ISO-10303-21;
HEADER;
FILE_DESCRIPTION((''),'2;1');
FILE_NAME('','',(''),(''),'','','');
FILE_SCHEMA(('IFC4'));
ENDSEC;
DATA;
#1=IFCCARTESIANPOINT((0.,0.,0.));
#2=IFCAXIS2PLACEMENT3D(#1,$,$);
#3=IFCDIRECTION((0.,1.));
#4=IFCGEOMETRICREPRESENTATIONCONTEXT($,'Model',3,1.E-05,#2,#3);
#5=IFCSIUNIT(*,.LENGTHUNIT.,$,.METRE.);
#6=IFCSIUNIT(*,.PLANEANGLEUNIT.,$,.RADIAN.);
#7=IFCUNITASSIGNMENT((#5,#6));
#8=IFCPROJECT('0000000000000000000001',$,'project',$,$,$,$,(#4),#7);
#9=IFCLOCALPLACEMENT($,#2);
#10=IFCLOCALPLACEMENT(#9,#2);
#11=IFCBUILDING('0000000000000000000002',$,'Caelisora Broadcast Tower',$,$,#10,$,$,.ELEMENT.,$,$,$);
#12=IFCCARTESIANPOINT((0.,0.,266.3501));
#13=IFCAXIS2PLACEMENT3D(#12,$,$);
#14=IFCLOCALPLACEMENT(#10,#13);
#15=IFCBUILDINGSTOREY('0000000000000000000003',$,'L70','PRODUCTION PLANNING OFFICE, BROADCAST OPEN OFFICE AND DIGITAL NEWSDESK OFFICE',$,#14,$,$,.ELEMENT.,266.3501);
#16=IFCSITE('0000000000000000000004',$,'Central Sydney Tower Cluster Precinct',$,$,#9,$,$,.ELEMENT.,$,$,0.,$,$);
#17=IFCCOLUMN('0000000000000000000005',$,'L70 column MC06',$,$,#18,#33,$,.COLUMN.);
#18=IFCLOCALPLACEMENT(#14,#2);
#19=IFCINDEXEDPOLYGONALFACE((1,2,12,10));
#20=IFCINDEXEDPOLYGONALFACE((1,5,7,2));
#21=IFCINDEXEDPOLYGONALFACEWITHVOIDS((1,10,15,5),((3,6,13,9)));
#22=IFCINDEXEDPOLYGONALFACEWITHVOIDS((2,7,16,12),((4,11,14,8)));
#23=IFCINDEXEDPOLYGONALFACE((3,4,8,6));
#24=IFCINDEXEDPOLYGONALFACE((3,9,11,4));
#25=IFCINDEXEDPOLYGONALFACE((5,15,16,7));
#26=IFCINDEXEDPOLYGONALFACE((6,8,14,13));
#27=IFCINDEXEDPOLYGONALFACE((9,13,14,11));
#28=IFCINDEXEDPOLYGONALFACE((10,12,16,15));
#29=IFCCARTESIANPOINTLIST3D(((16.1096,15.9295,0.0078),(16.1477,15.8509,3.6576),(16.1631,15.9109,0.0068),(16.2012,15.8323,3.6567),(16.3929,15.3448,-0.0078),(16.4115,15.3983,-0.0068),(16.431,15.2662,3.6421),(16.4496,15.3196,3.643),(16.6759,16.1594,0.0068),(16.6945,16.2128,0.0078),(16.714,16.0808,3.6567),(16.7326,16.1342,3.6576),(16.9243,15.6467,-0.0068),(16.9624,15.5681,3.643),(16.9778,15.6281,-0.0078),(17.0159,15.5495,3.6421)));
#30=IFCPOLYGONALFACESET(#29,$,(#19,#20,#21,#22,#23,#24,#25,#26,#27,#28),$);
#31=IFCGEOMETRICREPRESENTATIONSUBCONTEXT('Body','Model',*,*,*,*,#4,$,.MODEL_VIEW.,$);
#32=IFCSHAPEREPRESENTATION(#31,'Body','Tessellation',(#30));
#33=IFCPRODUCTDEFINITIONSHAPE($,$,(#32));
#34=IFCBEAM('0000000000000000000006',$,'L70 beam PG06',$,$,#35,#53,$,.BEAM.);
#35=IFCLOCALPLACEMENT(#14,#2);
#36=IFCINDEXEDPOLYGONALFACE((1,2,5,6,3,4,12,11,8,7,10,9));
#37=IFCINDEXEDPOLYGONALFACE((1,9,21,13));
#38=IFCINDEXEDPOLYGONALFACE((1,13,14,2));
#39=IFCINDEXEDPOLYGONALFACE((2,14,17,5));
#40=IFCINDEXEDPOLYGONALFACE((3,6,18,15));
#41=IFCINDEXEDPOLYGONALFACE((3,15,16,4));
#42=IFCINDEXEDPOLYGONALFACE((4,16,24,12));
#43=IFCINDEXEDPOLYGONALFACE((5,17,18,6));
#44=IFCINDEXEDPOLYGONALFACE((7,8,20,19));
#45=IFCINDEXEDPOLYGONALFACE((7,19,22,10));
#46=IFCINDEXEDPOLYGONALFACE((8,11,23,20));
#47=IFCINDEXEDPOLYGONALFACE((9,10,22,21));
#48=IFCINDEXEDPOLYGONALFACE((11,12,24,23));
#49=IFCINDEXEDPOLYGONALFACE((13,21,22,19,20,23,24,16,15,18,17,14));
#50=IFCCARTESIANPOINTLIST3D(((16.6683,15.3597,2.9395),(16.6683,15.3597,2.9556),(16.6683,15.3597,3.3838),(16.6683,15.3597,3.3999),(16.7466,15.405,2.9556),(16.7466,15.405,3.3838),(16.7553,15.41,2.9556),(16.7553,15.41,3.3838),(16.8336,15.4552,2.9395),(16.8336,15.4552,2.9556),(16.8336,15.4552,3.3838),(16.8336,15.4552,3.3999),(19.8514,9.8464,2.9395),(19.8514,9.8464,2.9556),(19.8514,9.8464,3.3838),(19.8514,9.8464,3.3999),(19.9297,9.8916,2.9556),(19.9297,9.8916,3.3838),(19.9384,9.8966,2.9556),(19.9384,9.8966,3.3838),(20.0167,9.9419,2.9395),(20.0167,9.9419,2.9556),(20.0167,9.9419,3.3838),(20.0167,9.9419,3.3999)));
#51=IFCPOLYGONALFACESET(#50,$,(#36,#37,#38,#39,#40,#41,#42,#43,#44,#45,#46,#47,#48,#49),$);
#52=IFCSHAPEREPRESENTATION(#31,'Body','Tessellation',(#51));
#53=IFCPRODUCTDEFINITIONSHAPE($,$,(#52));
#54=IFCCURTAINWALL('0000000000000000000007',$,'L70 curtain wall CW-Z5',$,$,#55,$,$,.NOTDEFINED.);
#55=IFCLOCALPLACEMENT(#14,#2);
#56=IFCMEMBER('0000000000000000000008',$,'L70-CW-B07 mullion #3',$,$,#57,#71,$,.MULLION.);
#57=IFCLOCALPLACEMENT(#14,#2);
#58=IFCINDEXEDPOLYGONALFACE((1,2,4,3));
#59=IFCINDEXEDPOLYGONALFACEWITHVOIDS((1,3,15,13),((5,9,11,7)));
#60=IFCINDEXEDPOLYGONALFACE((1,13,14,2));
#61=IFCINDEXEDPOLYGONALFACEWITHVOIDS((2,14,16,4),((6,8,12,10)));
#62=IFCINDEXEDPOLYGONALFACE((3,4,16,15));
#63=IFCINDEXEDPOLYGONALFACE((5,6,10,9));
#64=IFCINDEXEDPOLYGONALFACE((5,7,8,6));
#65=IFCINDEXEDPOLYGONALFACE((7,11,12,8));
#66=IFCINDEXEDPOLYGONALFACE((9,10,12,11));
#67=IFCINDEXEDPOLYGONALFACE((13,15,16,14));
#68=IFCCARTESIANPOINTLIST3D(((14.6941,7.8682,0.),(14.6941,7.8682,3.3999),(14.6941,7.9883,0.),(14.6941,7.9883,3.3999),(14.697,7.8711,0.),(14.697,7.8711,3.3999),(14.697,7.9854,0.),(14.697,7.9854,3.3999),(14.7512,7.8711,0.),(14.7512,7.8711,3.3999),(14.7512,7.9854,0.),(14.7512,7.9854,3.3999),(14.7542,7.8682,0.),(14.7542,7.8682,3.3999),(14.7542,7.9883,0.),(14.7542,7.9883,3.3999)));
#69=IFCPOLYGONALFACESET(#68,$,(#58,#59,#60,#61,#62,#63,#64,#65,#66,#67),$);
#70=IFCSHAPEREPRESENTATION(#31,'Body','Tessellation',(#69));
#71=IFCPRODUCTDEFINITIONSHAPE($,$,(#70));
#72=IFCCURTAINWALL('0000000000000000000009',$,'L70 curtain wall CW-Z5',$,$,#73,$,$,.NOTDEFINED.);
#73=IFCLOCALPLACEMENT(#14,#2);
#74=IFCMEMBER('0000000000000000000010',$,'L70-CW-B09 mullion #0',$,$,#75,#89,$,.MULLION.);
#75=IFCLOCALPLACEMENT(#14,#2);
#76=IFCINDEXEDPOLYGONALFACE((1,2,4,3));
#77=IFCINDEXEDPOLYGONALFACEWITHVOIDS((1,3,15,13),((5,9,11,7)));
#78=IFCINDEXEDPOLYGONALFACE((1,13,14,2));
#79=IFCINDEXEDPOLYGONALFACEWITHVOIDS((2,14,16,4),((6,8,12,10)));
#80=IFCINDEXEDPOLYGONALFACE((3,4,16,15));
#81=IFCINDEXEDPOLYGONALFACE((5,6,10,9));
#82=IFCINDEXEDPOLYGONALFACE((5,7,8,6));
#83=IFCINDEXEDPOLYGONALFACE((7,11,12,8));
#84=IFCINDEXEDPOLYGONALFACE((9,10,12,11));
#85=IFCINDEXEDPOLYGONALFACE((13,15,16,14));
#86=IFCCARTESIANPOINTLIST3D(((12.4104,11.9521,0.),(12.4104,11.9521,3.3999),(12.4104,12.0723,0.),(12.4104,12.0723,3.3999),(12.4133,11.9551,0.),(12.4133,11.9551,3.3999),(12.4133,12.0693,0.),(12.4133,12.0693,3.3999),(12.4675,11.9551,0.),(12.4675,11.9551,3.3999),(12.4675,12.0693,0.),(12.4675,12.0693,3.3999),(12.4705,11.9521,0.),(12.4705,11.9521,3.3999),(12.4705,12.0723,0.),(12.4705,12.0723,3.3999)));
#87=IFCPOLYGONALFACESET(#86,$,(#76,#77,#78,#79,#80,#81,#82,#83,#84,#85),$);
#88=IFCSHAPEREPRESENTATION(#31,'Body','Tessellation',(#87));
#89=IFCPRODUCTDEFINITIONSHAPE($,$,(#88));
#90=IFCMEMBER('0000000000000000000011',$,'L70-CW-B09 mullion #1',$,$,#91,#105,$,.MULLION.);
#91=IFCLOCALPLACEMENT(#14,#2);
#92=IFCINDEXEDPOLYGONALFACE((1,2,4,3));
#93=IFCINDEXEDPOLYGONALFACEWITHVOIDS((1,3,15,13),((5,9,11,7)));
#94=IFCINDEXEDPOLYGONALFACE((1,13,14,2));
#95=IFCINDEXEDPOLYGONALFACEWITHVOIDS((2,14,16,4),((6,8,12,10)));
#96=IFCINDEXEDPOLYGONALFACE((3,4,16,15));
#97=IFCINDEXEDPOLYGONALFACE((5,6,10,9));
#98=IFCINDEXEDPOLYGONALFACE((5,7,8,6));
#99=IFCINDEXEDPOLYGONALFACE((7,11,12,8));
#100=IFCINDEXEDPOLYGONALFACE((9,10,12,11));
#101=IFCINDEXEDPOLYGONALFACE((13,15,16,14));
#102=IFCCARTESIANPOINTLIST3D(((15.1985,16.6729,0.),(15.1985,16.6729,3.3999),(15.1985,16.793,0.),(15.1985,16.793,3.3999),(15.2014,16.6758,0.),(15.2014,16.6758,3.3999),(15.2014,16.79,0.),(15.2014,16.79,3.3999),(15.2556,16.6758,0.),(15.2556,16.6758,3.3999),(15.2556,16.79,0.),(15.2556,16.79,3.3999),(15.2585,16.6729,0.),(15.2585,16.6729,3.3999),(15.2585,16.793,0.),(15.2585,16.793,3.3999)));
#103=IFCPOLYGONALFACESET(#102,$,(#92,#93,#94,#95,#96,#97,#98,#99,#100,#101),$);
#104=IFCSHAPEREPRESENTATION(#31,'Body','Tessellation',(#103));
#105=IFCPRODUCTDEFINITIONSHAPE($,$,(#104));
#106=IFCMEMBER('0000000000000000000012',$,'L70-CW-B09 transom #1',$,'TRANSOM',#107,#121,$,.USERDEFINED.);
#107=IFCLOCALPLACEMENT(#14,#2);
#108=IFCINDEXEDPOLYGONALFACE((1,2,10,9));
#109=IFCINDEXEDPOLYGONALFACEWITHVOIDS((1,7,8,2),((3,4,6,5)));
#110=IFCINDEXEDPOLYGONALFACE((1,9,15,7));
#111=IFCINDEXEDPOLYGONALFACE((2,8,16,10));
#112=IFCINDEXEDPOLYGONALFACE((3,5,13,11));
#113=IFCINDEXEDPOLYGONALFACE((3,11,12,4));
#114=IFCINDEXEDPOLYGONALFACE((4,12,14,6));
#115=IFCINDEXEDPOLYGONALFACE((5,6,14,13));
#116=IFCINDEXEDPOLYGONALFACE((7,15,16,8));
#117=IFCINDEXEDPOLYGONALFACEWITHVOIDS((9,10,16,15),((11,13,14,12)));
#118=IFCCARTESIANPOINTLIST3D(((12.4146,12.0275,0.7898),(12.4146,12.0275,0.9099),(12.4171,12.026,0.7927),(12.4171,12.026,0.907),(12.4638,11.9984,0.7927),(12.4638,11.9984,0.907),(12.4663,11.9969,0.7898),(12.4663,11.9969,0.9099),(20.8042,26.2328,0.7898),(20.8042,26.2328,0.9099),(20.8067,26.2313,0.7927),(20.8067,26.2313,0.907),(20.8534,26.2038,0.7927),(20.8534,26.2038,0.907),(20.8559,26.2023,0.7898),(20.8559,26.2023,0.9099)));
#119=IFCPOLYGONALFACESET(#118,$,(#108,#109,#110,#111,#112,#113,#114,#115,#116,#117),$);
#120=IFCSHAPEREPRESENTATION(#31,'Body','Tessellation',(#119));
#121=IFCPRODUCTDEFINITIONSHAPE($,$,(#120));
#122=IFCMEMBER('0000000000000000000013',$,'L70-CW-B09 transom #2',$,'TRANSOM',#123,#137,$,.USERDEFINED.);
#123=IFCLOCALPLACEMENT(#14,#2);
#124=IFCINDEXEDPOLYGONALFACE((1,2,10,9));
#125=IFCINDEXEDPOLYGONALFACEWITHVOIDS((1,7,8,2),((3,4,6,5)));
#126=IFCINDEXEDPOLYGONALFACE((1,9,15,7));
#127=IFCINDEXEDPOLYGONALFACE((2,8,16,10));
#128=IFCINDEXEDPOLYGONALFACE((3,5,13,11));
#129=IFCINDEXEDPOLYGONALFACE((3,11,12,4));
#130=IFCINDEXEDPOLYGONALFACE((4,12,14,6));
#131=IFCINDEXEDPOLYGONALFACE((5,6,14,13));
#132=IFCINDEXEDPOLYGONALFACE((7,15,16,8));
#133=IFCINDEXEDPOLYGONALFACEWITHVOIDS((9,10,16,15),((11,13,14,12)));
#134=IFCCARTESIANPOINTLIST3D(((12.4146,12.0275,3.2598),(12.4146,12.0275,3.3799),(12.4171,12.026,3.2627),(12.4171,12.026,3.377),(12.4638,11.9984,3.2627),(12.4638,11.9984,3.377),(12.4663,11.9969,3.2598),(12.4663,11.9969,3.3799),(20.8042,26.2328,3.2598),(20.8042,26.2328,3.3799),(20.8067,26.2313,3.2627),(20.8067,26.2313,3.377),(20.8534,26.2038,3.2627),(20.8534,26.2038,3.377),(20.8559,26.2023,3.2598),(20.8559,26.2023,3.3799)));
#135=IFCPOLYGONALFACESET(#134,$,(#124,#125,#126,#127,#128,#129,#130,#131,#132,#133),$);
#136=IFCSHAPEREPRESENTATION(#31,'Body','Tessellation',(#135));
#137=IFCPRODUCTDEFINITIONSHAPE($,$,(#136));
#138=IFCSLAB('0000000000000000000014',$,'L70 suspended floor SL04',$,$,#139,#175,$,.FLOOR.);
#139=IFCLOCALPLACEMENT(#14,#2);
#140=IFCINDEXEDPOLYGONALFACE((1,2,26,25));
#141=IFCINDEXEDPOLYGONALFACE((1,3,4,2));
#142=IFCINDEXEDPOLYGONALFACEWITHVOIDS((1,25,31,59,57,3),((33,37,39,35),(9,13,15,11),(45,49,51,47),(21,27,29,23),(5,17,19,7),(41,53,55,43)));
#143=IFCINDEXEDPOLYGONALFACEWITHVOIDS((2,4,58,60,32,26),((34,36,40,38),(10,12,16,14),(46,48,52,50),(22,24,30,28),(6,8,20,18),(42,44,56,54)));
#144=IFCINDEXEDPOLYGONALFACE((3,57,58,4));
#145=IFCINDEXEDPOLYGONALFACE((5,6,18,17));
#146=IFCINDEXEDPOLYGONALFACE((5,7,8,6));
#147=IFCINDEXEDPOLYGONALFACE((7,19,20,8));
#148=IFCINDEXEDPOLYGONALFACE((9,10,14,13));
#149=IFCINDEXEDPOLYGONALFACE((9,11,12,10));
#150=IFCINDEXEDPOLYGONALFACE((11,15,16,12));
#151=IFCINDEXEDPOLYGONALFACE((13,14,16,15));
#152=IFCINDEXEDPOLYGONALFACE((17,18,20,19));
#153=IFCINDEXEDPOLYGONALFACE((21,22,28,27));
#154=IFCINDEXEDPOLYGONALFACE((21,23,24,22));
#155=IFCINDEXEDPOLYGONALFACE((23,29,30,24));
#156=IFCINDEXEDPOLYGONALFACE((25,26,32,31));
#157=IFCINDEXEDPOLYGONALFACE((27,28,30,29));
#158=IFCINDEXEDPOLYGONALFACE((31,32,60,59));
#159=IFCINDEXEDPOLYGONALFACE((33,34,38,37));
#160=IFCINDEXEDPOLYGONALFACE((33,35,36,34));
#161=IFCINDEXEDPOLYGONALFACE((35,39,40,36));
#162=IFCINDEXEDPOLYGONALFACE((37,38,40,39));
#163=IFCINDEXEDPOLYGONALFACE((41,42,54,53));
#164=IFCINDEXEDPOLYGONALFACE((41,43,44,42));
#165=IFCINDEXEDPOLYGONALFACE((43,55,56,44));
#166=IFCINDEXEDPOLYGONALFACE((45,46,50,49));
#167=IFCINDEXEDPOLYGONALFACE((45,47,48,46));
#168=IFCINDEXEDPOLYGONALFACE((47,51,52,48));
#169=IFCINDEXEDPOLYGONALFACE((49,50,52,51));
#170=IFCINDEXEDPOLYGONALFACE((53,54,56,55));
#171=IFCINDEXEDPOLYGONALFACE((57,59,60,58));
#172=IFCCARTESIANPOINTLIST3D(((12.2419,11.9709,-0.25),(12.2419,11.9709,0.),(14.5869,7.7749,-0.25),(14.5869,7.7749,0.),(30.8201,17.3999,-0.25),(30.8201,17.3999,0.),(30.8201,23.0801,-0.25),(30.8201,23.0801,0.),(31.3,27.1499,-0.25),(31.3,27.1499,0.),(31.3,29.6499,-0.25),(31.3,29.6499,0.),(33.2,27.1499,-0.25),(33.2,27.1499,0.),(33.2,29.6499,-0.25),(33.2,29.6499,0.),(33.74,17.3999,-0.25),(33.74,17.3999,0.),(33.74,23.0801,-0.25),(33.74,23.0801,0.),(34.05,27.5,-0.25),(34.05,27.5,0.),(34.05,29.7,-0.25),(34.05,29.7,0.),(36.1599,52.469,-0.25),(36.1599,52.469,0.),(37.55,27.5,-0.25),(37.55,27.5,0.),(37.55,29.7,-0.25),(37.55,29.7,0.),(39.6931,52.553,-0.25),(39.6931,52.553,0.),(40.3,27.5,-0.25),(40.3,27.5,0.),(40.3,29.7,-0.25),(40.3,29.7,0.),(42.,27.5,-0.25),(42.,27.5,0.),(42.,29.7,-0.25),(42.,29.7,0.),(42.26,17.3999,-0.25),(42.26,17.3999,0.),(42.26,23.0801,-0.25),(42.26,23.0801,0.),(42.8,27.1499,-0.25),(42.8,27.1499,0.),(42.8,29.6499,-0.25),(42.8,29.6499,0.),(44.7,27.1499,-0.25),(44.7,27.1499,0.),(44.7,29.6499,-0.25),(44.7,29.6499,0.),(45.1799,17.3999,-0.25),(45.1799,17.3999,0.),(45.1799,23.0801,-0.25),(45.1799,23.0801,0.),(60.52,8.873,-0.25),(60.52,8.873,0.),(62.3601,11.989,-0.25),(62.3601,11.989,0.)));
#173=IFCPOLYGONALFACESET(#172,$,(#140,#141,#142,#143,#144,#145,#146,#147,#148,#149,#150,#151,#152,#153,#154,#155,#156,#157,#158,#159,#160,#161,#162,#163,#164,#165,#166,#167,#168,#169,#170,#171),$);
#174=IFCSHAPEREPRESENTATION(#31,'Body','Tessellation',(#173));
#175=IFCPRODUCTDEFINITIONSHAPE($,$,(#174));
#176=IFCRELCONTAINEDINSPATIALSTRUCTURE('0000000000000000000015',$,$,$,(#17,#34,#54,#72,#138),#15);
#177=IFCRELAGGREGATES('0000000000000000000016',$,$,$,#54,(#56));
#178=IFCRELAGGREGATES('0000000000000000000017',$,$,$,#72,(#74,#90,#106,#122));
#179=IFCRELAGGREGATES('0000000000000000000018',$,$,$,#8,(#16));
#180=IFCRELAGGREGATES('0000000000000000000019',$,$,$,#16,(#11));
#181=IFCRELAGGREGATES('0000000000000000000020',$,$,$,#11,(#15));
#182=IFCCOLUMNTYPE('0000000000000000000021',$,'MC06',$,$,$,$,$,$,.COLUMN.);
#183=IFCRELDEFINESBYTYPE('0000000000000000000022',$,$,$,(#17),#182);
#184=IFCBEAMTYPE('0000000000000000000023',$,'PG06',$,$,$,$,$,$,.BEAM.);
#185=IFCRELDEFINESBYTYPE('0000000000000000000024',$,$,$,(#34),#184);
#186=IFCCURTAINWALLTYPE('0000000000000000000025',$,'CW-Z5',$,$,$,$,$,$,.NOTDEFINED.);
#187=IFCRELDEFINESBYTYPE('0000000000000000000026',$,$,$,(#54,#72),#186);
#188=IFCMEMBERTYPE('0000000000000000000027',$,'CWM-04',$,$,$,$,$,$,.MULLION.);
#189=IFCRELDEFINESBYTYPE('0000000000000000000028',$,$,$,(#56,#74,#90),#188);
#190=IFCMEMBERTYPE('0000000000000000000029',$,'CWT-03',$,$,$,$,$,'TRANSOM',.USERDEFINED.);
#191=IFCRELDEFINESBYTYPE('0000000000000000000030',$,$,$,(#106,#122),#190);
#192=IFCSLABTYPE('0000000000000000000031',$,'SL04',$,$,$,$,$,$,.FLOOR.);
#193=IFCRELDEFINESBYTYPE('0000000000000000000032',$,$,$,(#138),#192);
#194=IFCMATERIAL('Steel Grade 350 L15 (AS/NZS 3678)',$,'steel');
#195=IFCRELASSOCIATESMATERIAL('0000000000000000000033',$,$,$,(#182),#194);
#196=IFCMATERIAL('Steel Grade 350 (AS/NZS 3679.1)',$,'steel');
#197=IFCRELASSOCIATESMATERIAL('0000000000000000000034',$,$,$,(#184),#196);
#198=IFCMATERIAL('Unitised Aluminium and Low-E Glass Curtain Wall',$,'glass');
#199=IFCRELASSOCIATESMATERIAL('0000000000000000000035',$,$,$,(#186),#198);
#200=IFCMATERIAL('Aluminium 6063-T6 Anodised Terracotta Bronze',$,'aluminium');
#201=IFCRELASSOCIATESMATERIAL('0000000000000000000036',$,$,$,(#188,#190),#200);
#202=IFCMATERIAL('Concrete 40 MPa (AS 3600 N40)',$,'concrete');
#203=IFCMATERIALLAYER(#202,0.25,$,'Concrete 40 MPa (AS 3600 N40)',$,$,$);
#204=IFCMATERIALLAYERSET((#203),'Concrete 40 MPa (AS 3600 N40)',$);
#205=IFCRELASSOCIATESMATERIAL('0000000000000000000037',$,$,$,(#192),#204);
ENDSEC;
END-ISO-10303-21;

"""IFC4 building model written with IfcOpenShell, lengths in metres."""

from ifc_helpers import new_model, si_unit, direction, frame, origin, origin_2d, place, context, subcontext, project, spatial, polyline, hollow_rectangle, i_section, outline, extrude, source, transform, mapped, material, layer, layer_set, material_profile, profile_set, type_object, type_shapes, element, aggregate, save


model = new_model("IFC4")

# Units and contexts
model_context = context("Model", 3, precision=1e-05, world=origin(), true_north=direction((0.0, 1.0)))
body_context = subcontext(model_context, "Body", "Model", "MODEL_VIEW")
ifc_project = project(units=[si_unit("LENGTHUNIT", "METRE"), si_unit("PLANEANGLEUNIT", "RADIAN")], contexts=[model_context])

# Site, building, storey
site_placement = place(None, origin())
site = spatial("IfcSite", under=ifc_project, at=site_placement, Name="Central Sydney Tower Cluster Precinct", CompositionType="ELEMENT", RefElevation=0.0)
building_placement = place(site_placement, origin())
building = spatial("IfcBuilding", under=site, at=building_placement, Name="Caelisora Broadcast Tower", CompositionType="ELEMENT")
storey_placement = place(building_placement, frame((0.0, 0.0, 266.3501)))
storey = spatial("IfcBuildingStorey", under=building, at=storey_placement, Name="L70", Description="PRODUCTION PLANNING OFFICE, BROADCAST OPEN OFFICE AND DIGITAL NEWSDESK OFFICE", CompositionType="ELEMENT", Elevation=266.3501)

# Column
ifc_material_1 = material(Name="Steel Grade 350 L15 (AS/NZS 3678)", Category="steel")
ifc_material_profile_1 = material_profile(ifc_material_1, hollow_rectangle(XDim=0.6499, YDim=0.6499, WallThickness=0.04, at=origin_2d()), Name="Steel Grade 350 L15 (AS/NZS 3678)")
ifc_profile_set_1 = profile_set([ifc_material_profile_1], Name="Steel Grade 350 L15 (AS/NZS 3678)")
column_type = type_object("IfcColumnType", Name="MC06", PredefinedType="COLUMN", material=ifc_profile_set_1)
shared_shape_1 = source(origin(), body_context, "Body", "SweptSolid", [
    extrude(hollow_rectangle(XDim=0.6499, YDim=0.6499, WallThickness=0.04, at=origin_2d()), origin(), (0.0, 0.0, 1.0), 3.6509),
])
type_shapes(column_type, [shared_shape_1])
column_placement = place(storey_placement, frame((16.5437, 15.7788, 0.0), z_axis=(0.010432, -0.021532, 0.999714), x_axis=(0.899947, 0.435999, 0.0)))
element("IfcColumn", 1, at=column_placement, inside=storey, type_object=column_type, Name="L70 column MC06", PredefinedType="COLUMN", context=body_context, shape_type="MappedRepresentation", body=[
    mapped(shared_shape_1, transform((0.0, 0.0, 0.0), scale=1.0)),
])

# Beam
ifc_material_2 = material(Name="Steel Grade 350 (AS/NZS 3679.1)", Category="steel")
ifc_material_profile_2 = material_profile(ifc_material_2, i_section(OverallWidth=0.1909, OverallDepth=0.4604, WebThickness=0.01, FlangeThickness=0.0161, at=origin_2d()), Name="Steel Grade 350 (AS/NZS 3679.1)")
ifc_profile_set_2 = profile_set([ifc_material_profile_2], Name="Steel Grade 350 (AS/NZS 3679.1)")
beam_type = type_object("IfcBeamType", Name="PG06", PredefinedType="BEAM", material=ifc_profile_set_2)
shared_shape_2 = source(origin(), body_context, "Body", "SweptSolid", [
    extrude(i_section(OverallWidth=0.1909, OverallDepth=0.4604, WebThickness=0.01, FlangeThickness=0.0161, at=origin_2d()), origin(), (0.0, 0.0, 1.0), 6.3662),
])
type_shapes(beam_type, [shared_shape_2])
beam_placement = place(storey_placement, frame((16.751, 15.4075, 3.1697), z_axis=(0.499991, -0.86603, 0.0), x_axis=(0.86603, 0.499991, 0.0)))
element("IfcBeam", 2, at=beam_placement, inside=storey, type_object=beam_type, Name="L70 beam PG06", PredefinedType="BEAM", context=body_context, shape_type="MappedRepresentation", body=[
    mapped(shared_shape_2, transform((0.0, 0.0, 0.0), scale=1.0)),
])

# Curtain wall, member
ifc_material_3 = material(Name="Unitised Aluminium and Low-E Glass Curtain Wall", Category="glass")
curtain_wall_type = type_object("IfcCurtainWallType", Name="CW-Z5", PredefinedType="NOTDEFINED", material=ifc_material_3)
curtain_wall_1_placement = place(storey_placement, origin())
curtain_wall_1 = element("IfcCurtainWall", 3, at=curtain_wall_1_placement, inside=storey, type_object=curtain_wall_type, Name="L70 curtain wall CW-Z5", PredefinedType="NOTDEFINED")
ifc_material_4 = material(Name="Aluminium 6063-T6 Anodised Terracotta Bronze", Category="aluminium")
ifc_material_profile_3 = material_profile(ifc_material_4, hollow_rectangle(XDim=0.0601, YDim=0.1201, WallThickness=0.0029, at=origin_2d()), Name="Aluminium 6063-T6 Anodised Terracotta Bronze")
ifc_profile_set_3 = profile_set([ifc_material_profile_3], Name="Aluminium 6063-T6 Anodised Terracotta Bronze")
member_type_1 = type_object("IfcMemberType", Name="CWM-04", PredefinedType="MULLION", material=ifc_profile_set_3)
shared_shape_3 = source(origin(), body_context, "Body", "SweptSolid", [
    extrude(hollow_rectangle(XDim=0.0601, YDim=0.1201, WallThickness=0.0029, at=origin_2d()), origin(), (0.0, 0.0, 1.0), 3.3999),
])
type_shapes(member_type_1, [shared_shape_3])
member_1_placement = place(storey_placement, frame((14.7241, 7.9282, 0.0), z_axis=(0.0, 0.0, 1.0), x_axis=(1.0, 0.0, 0.0)))
member_1 = element("IfcMember", 4, at=member_1_placement, type_object=member_type_1, Name="L70-CW-B07 mullion #3", PredefinedType="MULLION", context=body_context, shape_type="MappedRepresentation", body=[
    mapped(shared_shape_3, transform((0.0, 0.0, 0.0), scale=1.0)),
])

# Curtain wall, members
curtain_wall_2_placement = place(storey_placement, origin())
curtain_wall_2 = element("IfcCurtainWall", 5, at=curtain_wall_2_placement, inside=storey, type_object=curtain_wall_type, Name="L70 curtain wall CW-Z5", PredefinedType="NOTDEFINED")
member_2_placement = place(storey_placement, frame((12.4404, 12.0122, 0.0), z_axis=(0.0, 0.0, 1.0), x_axis=(1.0, 0.0, 0.0)))
member_2 = element("IfcMember", 6, at=member_2_placement, type_object=member_type_1, Name="L70-CW-B09 mullion #0", PredefinedType="MULLION", context=body_context, shape_type="MappedRepresentation", body=[
    mapped(shared_shape_3, transform((0.0, 0.0, 0.0), scale=1.0)),
])
member_3_placement = place(storey_placement, frame((15.2285, 16.7329, 0.0), z_axis=(0.0, 0.0, 1.0), x_axis=(1.0, 0.0, 0.0)))
member_3 = element("IfcMember", 7, at=member_3_placement, type_object=member_type_1, Name="L70-CW-B09 mullion #1", PredefinedType="MULLION", context=body_context, shape_type="MappedRepresentation", body=[
    mapped(shared_shape_3, transform((0.0, 0.0, 0.0), scale=1.0)),
])
ifc_material_profile_4 = material_profile(ifc_material_4, hollow_rectangle(XDim=0.0601, YDim=0.1201, WallThickness=0.0029, at=origin_2d()), Name="Aluminium 6063-T6 Anodised Terracotta Bronze")
ifc_profile_set_4 = profile_set([ifc_material_profile_4], Name="Aluminium 6063-T6 Anodised Terracotta Bronze")
member_type_2 = type_object("IfcMemberType", Name="CWT-03", ElementType="TRANSOM", PredefinedType="USERDEFINED", material=ifc_profile_set_4)
shared_shape_4 = source(origin(), body_context, "Body", "SweptSolid", [
    extrude(hollow_rectangle(XDim=0.0601, YDim=0.1201, WallThickness=0.0029, at=origin_2d()), origin(), (0.0, 0.0, 1.0), 16.4978),
])
type_shapes(member_type_2, [shared_shape_4])
member_4_placement = place(storey_placement, frame((12.4404, 12.0122, 0.8499), z_axis=(0.508531, 0.861043, 0.0), x_axis=(-0.861043, 0.508531, 0.0)))
member_4 = element("IfcMember", 8, at=member_4_placement, type_object=member_type_2, Name="L70-CW-B09 transom #1", ObjectType="TRANSOM", PredefinedType="USERDEFINED", context=body_context, shape_type="MappedRepresentation", body=[
    mapped(shared_shape_4, transform((0.0, 0.0, 0.0), scale=1.0)),
])
member_5_placement = place(storey_placement, frame((12.4404, 12.0122, 3.3198), z_axis=(0.508531, 0.861043, 0.0), x_axis=(-0.861043, 0.508531, 0.0)))
member_5 = element("IfcMember", 9, at=member_5_placement, type_object=member_type_2, Name="L70-CW-B09 transom #2", ObjectType="TRANSOM", PredefinedType="USERDEFINED", context=body_context, shape_type="MappedRepresentation", body=[
    mapped(shared_shape_4, transform((0.0, 0.0, 0.0), scale=1.0)),
])

# Slab
ifc_material_5 = material(Name="Concrete 40 MPa (AS 3600 N40)", Category="concrete")
ifc_layer_1 = layer(ifc_material_5, 0.25, Name="Concrete 40 MPa (AS 3600 N40)")
ifc_layer_set_1 = layer_set([ifc_layer_1], Name="Concrete 40 MPa (AS 3600 N40)")
slab_type_1 = type_object("IfcSlabType", Name="SL04", PredefinedType="FLOOR", material=ifc_layer_set_1)
slab_1_placement = place(storey_placement, frame((0.0, 0.0, -0.25)))
element("IfcSlab", 10, at=slab_1_placement, inside=storey, type_object=slab_type_1, Name="L70 suspended floor SL04", PredefinedType="FLOOR", context=body_context, shape_type="SweptSolid", body=[
    extrude(outline(polyline([(39.6931, 52.553), (36.1599, 52.469), (12.2419, 11.9709), (14.5869, 7.7749), (60.52, 8.873), (62.3601, 11.989), (39.6931, 52.553)]), holes=[polyline([(30.8201, 17.3999), (33.74, 17.3999), (33.74, 23.0801), (30.8201, 23.0801), (30.8201, 17.3999)]), polyline([(42.26, 17.3999), (45.1799, 17.3999), (45.1799, 23.0801), (42.26, 23.0801), (42.26, 17.3999)]), polyline([(42.8, 27.1499), (44.7, 27.1499), (44.7, 29.6499), (42.8, 29.6499), (42.8, 27.1499)]), polyline([(40.3, 27.5), (42.0, 27.5), (42.0, 29.7), (40.3, 29.7), (40.3, 27.5)]), polyline([(34.05, 27.5), (37.55, 27.5), (37.55, 29.7), (34.05, 29.7), (34.05, 27.5)]), polyline([(31.3, 27.1499), (33.2, 27.1499), (33.2, 29.6499), (31.3, 29.6499), (31.3, 27.1499)])]), origin(), (0.0, 0.0, 1.0), 0.25),
])

aggregate(curtain_wall_1, [member_1])
aggregate(curtain_wall_2, [member_2, member_3, member_4, member_5])

save(model, "model.ifc")
